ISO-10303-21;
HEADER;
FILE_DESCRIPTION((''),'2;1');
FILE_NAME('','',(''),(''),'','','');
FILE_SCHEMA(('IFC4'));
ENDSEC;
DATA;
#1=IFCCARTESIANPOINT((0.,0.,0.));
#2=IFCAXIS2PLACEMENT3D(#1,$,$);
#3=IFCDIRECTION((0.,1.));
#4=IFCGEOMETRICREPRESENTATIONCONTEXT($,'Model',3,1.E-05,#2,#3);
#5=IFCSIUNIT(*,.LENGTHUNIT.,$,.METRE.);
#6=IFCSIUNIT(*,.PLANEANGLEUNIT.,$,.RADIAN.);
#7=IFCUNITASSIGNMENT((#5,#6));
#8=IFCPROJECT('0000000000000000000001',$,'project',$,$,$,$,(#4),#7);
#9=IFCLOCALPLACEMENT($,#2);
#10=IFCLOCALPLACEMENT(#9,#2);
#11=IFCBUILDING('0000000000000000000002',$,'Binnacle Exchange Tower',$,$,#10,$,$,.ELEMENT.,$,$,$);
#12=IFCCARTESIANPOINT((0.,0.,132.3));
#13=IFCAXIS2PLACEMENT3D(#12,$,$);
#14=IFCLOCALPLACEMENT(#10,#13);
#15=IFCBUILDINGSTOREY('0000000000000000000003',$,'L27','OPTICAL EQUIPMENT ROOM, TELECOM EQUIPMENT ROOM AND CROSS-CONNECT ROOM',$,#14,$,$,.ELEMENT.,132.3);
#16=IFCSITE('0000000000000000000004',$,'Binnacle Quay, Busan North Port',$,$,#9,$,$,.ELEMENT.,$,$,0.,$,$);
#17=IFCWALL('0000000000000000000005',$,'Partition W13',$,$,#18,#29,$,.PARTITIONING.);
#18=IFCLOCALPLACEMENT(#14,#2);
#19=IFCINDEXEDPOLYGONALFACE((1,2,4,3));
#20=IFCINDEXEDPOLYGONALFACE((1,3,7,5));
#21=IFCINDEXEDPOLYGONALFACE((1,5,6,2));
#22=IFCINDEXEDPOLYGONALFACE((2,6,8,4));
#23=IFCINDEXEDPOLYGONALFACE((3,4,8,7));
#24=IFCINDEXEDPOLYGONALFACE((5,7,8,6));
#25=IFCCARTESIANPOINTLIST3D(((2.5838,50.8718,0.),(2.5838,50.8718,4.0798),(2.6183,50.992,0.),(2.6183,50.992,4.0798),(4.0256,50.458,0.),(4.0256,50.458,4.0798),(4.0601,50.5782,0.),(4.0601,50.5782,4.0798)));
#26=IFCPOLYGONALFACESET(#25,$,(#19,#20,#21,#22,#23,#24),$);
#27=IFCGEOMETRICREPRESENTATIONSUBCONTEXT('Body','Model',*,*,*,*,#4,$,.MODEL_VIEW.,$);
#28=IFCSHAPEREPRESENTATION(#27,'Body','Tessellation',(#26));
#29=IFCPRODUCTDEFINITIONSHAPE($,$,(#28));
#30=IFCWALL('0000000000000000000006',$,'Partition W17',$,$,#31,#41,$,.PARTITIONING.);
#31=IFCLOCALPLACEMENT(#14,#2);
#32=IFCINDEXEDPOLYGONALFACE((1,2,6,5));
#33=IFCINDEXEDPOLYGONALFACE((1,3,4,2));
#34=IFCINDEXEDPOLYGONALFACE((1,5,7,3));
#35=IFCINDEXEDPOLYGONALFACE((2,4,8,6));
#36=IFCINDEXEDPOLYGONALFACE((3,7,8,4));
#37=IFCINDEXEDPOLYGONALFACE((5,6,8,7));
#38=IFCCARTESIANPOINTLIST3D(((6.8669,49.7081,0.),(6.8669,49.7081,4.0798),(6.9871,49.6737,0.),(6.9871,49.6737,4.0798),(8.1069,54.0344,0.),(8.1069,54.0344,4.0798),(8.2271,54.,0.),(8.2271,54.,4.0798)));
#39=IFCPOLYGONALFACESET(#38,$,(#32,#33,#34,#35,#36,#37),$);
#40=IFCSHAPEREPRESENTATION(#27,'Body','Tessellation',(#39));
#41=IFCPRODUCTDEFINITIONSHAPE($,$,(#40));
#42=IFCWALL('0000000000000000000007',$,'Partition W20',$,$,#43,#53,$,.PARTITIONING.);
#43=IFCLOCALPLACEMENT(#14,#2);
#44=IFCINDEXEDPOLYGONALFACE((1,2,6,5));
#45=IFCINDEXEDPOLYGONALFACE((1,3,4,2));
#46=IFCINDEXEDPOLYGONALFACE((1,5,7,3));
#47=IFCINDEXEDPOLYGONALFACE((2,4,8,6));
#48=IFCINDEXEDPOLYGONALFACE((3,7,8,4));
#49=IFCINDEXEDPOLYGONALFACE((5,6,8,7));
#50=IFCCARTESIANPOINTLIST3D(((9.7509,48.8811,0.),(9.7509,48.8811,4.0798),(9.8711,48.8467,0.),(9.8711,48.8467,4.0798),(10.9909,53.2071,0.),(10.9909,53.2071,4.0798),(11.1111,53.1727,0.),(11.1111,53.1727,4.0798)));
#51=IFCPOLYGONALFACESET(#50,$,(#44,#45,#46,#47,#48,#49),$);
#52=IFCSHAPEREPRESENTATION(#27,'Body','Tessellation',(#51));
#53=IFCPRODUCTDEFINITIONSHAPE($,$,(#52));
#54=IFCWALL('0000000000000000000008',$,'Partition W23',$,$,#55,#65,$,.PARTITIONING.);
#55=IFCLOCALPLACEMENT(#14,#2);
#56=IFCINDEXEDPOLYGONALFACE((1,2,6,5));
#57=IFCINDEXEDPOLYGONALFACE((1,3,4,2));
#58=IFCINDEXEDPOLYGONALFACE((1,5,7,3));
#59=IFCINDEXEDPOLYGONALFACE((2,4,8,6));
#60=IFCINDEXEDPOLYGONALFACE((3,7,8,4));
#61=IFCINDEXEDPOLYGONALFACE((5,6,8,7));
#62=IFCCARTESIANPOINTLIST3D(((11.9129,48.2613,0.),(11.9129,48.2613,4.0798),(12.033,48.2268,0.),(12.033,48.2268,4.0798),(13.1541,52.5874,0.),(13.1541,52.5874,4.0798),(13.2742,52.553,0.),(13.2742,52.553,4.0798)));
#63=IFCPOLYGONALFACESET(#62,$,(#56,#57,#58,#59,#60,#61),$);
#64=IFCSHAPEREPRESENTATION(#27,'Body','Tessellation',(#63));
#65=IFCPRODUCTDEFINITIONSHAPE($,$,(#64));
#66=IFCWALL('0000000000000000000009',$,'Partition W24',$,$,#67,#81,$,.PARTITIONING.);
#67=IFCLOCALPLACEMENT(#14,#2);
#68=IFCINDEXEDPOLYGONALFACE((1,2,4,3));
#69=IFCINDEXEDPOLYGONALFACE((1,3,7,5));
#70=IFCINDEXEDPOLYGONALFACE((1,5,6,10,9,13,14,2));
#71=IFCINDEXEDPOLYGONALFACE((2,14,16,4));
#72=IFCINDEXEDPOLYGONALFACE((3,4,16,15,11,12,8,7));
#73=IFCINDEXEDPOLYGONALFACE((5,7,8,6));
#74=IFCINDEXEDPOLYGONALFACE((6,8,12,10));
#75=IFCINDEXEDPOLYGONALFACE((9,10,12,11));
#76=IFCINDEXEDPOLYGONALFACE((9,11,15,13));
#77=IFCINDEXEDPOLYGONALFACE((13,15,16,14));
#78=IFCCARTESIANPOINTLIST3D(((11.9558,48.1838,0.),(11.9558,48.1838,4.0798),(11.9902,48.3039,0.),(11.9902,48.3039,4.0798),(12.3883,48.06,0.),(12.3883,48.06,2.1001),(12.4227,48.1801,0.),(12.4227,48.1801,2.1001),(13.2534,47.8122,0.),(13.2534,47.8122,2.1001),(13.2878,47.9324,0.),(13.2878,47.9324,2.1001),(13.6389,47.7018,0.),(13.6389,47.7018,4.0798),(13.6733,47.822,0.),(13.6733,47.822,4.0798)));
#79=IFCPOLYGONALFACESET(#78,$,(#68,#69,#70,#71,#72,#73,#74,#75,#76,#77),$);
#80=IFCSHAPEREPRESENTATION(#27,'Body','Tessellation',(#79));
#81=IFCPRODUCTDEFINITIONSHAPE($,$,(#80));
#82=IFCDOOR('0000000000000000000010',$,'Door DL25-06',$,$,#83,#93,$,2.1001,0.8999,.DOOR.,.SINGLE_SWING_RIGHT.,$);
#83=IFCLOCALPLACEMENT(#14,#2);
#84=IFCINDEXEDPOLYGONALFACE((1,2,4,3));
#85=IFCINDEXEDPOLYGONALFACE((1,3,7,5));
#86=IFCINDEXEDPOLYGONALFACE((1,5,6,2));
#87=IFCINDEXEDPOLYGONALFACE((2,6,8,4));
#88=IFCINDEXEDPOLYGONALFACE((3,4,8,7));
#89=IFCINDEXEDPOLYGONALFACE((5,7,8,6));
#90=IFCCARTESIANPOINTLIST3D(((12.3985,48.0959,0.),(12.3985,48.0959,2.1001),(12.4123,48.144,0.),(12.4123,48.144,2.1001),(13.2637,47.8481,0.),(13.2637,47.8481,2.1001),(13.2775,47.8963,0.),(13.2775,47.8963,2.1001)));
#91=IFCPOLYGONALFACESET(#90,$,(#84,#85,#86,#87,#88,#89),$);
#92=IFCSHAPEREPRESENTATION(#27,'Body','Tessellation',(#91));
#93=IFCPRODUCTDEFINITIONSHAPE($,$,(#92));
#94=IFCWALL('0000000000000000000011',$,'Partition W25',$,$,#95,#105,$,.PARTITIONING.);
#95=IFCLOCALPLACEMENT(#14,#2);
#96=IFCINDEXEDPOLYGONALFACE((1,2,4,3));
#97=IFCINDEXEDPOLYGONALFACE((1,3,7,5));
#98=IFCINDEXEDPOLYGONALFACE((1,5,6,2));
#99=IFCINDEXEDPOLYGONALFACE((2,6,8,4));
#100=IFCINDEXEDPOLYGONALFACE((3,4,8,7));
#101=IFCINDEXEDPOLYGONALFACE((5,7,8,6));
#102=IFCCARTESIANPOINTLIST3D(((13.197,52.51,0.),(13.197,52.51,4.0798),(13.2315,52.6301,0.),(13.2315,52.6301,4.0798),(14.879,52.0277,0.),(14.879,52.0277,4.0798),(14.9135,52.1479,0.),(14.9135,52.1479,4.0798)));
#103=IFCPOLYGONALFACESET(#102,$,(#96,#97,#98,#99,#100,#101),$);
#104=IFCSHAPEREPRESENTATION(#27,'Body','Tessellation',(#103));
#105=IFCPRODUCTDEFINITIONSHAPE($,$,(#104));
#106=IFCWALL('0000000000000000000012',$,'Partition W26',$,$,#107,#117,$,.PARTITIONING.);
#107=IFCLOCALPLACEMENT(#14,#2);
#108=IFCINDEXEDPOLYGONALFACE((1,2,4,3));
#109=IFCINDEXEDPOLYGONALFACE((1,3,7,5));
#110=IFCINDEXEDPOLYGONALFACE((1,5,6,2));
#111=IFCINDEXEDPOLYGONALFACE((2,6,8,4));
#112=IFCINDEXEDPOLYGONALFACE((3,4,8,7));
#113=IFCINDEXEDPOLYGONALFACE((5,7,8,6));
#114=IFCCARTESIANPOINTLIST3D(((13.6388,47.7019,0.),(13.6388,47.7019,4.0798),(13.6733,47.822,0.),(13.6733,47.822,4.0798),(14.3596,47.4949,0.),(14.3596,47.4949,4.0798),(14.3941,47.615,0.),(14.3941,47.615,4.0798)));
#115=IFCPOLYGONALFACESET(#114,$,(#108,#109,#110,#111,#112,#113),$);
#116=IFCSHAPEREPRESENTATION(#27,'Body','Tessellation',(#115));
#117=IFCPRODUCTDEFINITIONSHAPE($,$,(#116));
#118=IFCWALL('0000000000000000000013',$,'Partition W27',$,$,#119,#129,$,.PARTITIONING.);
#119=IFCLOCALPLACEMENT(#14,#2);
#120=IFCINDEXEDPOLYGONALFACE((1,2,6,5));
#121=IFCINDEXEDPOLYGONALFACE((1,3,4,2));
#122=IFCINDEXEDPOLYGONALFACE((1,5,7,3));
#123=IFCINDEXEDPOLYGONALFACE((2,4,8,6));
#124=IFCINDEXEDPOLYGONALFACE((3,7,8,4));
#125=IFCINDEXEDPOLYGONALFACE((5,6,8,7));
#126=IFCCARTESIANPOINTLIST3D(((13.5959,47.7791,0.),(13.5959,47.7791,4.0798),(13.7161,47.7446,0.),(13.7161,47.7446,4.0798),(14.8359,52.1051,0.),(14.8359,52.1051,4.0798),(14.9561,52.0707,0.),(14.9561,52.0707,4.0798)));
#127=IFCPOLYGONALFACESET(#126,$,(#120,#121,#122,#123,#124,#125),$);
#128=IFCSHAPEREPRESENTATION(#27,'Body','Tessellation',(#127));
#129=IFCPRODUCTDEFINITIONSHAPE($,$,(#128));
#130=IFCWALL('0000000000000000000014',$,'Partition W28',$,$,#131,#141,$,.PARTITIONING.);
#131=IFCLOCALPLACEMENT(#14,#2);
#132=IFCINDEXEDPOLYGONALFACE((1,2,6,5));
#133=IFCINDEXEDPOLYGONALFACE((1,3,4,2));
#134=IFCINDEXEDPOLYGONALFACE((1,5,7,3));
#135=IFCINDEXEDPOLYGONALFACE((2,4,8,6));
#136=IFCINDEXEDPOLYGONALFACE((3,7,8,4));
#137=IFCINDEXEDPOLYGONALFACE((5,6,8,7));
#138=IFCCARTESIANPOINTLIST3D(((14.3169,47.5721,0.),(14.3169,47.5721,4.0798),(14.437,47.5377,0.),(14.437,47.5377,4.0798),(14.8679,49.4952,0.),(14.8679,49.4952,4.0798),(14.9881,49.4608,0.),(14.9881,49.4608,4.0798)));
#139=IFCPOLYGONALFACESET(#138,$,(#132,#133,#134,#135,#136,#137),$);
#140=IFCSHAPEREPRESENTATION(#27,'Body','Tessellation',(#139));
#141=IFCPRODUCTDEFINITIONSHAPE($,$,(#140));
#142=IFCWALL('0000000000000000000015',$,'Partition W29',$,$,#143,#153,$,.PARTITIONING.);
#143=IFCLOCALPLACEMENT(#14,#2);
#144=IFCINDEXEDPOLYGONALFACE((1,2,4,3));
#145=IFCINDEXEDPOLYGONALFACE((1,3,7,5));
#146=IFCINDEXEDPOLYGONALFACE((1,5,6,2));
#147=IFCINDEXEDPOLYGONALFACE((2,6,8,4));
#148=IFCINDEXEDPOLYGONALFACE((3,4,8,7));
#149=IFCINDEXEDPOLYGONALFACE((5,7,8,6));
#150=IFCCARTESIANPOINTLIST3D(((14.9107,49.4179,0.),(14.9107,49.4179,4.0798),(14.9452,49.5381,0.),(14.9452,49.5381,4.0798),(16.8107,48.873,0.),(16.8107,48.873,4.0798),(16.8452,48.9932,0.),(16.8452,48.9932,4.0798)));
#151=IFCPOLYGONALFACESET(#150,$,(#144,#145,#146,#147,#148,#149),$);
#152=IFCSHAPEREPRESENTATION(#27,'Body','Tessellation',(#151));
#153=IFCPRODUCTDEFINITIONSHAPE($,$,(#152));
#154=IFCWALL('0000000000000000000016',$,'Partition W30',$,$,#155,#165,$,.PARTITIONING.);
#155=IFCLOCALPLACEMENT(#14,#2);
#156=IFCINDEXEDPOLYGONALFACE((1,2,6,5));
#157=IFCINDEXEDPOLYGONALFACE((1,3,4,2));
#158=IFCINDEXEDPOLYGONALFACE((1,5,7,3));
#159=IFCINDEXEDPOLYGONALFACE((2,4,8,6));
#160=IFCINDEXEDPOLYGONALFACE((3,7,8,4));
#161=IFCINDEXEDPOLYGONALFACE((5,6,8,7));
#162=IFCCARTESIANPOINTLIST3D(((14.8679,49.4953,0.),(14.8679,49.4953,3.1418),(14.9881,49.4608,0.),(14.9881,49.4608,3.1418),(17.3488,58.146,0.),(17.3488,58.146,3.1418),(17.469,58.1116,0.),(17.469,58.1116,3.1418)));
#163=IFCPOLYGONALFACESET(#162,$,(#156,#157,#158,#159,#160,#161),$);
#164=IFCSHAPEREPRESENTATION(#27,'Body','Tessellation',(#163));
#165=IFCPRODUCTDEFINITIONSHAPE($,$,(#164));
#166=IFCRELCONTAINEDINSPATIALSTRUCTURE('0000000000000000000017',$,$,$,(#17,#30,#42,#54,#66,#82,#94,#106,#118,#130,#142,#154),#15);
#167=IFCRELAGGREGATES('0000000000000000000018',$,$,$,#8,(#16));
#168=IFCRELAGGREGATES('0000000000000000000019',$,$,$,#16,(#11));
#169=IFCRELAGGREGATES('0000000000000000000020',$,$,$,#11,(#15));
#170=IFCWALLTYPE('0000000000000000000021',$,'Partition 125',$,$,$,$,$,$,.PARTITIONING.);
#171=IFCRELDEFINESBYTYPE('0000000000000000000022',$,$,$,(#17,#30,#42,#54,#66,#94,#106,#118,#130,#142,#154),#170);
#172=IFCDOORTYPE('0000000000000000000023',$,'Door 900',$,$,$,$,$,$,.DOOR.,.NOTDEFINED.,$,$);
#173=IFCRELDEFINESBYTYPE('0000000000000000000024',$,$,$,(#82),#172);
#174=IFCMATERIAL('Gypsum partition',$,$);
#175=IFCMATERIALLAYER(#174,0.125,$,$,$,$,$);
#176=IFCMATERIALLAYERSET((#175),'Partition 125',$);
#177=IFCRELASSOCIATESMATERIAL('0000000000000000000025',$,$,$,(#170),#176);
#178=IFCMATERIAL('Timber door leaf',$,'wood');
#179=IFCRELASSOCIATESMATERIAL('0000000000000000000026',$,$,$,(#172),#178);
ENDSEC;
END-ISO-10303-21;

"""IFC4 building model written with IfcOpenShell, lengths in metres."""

from ifc_helpers import new_model, si_unit, direction, frame, frame_2d, origin, place, context, subcontext, project, spatial, rectangle, extrude, material, layer, layer_set, type_object, element, fill, save


model = new_model("IFC4")

# Units and contexts
model_context = context("Model", 3, precision=1e-05, world=origin(), true_north=direction((0.0, 1.0)))
body_context = subcontext(model_context, "Body", "Model", "MODEL_VIEW")
ifc_project = project(units=[si_unit("LENGTHUNIT", "METRE"), si_unit("PLANEANGLEUNIT", "RADIAN")], contexts=[model_context])

# Site, building, storey
site_placement = place(None, origin())
site = spatial("IfcSite", under=ifc_project, at=site_placement, Name="Binnacle Quay, Busan North Port", CompositionType="ELEMENT", RefElevation=0.0)
building_placement = place(site_placement, origin())
building = spatial("IfcBuilding", under=site, at=building_placement, Name="Binnacle Exchange Tower", CompositionType="ELEMENT")
storey_placement = place(building_placement, frame((0.0, 0.0, 132.3)))
storey = spatial("IfcBuildingStorey", under=building, at=storey_placement, Name="L27", Description="OPTICAL EQUIPMENT ROOM, TELECOM EQUIPMENT ROOM AND CROSS-CONNECT ROOM", CompositionType="ELEMENT", Elevation=132.3)

# Walls
ifc_material_1 = material(Name="Gypsum partition")
ifc_layer_1 = layer(ifc_material_1, 0.125)
ifc_layer_set_1 = layer_set([ifc_layer_1], Name="Partition 125")
wall_type_1 = type_object("IfcWallType", Name="Partition 125", PredefinedType="PARTITIONING", material=ifc_layer_set_1)
wall_1_placement = place(storey_placement, frame((2.6011, 50.9319, 0.0), z_axis=(0.0, 0.0, 1.0), x_axis=(0.961198, -0.27586, 0.0)))
element("IfcWall", 1, at=wall_1_placement, inside=storey, type_object=wall_type_1, Name="Partition W13", PredefinedType="PARTITIONING", context=body_context, shape_type="SweptSolid", body=[
    extrude(rectangle(XDim=1.5, YDim=0.125, at=frame_2d((0.75, 0.0))), origin(), (0.0, 0.0, 1.0), 4.0798),
])
wall_2_placement = place(storey_placement, frame((6.927, 49.6909, 0.0), z_axis=(0.0, 0.0, 1.0), x_axis=(0.275531, 0.961292, 0.0)))
element("IfcWall", 2, at=wall_2_placement, inside=storey, type_object=wall_type_1, Name="Partition W17", PredefinedType="PARTITIONING", context=body_context, shape_type="SweptSolid", body=[
    extrude(rectangle(XDim=4.5005, YDim=0.125, at=frame_2d((2.2502, 0.0))), origin(), (0.0, 0.0, 1.0), 4.0798),
])
wall_3_placement = place(storey_placement, frame((9.811, 48.864, 0.0), z_axis=(0.0, 0.0, 1.0), x_axis=(0.275545, 0.961288, 0.0)))
element("IfcWall", 3, at=wall_3_placement, inside=storey, type_object=wall_type_1, Name="Partition W20", PredefinedType="PARTITIONING", context=body_context, shape_type="SweptSolid", body=[
    extrude(rectangle(XDim=4.5002, YDim=0.125, at=frame_2d((2.25, 0.0))), origin(), (0.0, 0.0, 1.0), 4.0798),
])
wall_4_placement = place(storey_placement, frame((11.9729, 48.2439, 0.0), z_axis=(0.0, 0.0, 1.0), x_axis=(0.275781, 0.96122, 0.0)))
element("IfcWall", 4, at=wall_4_placement, inside=storey, type_object=wall_type_1, Name="Partition W23", PredefinedType="PARTITIONING", context=body_context, shape_type="SweptSolid", body=[
    extrude(rectangle(XDim=4.5007, YDim=0.125, at=frame_2d((2.2505, 0.0))), origin(), (0.0, 0.0, 1.0), 4.0798),
])

# Wall, opening, door
wall_5_placement = place(storey_placement, frame((11.9729, 48.2439, 0.0), z_axis=(0.0, 0.0, 1.0), x_axis=(0.961366, -0.275274, 0.0)))
wall_5 = element("IfcWall", 5, at=wall_5_placement, inside=storey, type_object=wall_type_1, Name="Partition W24", PredefinedType="PARTITIONING", context=body_context, shape_type="SweptSolid", body=[
    extrude(rectangle(XDim=1.7507, YDim=0.125, at=frame_2d((0.8755, 0.0))), origin(), (0.0, 0.0, 1.0), 4.0798),
])
opening_1_placement = place(wall_5_placement, frame((0.45, 0.0, 0.0)))
opening_1 = element("IfcOpeningElement", 6, at=opening_1_placement, cuts=wall_5, PredefinedType="OPENING", context=body_context, shape_type="SweptSolid", body=[
    extrude(rectangle(XDim=0.8999, YDim=2.1001, at=frame_2d((0.45, 1.05))), frame((0.0, 0.0725, 0.0), z_axis=(0.0, -1.0, 0.0), x_axis=(1.0, 0.0, 0.0)), (0.0, 0.0, 1.0), 0.145),
])
ifc_material_2 = material(Name="Timber door leaf", Category="wood")
door_type_1 = type_object("IfcDoorType", Name="Door 900", OperationType="NOTDEFINED", PredefinedType="DOOR", material=ifc_material_2)
door_1_placement = place(opening_1_placement, origin())
door_1 = element("IfcDoor", 7, at=door_1_placement, inside=storey, type_object=door_type_1, Name="Door DL25-06", OperationType="SINGLE_SWING_RIGHT", OverallHeight=2.1001, OverallWidth=0.8999, PredefinedType="DOOR", context=body_context, shape_type="SweptSolid", body=[
    extrude(rectangle(XDim=0.8999, YDim=2.1001, at=frame_2d((0.45, 1.05))), frame((0.0, 0.0249, 0.0), z_axis=(0.0, -1.0, 0.0), x_axis=(1.0, 0.0, 0.0)), (0.0, 0.0, 1.0), 0.05),
])
fill(opening_1, door_1)

# Walls
wall_6_placement = place(storey_placement, frame((13.2141, 52.5701, 0.0), z_axis=(0.0, 0.0, 1.0), x_axis=(0.961276, -0.275587, 0.0)))
element("IfcWall", 8, at=wall_6_placement, inside=storey, type_object=wall_type_1, Name="Partition W25", PredefinedType="PARTITIONING", context=body_context, shape_type="SweptSolid", body=[
    extrude(rectangle(XDim=1.7498, YDim=0.125, at=frame_2d((0.875, 0.0))), origin(), (0.0, 0.0, 1.0), 4.0798),
])
wall_7_placement = place(storey_placement, frame((13.656, 47.762, 0.0), z_axis=(0.0, 0.0, 1.0), x_axis=(0.961155, -0.276011, 0.0)))
element("IfcWall", 9, at=wall_7_placement, inside=storey, type_object=wall_type_1, Name="Partition W26", PredefinedType="PARTITIONING", context=body_context, shape_type="SweptSolid", body=[
    extrude(rectangle(XDim=0.75, YDim=0.125, at=frame_2d((0.375, 0.0))), origin(), (0.0, 0.0, 1.0), 4.0798),
])
wall_8_placement = place(storey_placement, frame((13.656, 47.762, 0.0), z_axis=(0.0, 0.0, 1.0), x_axis=(0.275545, 0.961288, 0.0)))
element("IfcWall", 10, at=wall_8_placement, inside=storey, type_object=wall_type_1, Name="Partition W27", PredefinedType="PARTITIONING", context=body_context, shape_type="SweptSolid", body=[
    extrude(rectangle(XDim=4.5002, YDim=0.125, at=frame_2d((2.25, 0.0))), origin(), (0.0, 0.0, 1.0), 4.0798),
])
wall_9_placement = place(storey_placement, frame((14.377, 47.5549, 0.0), z_axis=(0.0, 0.0, 1.0), x_axis=(0.275446, 0.961316, 0.0)))
element("IfcWall", 11, at=wall_9_placement, inside=storey, type_object=wall_type_1, Name="Partition W28", PredefinedType="PARTITIONING", context=body_context, shape_type="SweptSolid", body=[
    extrude(rectangle(XDim=2.0005, YDim=0.125, at=frame_2d((1.0002, 0.0))), origin(), (0.0, 0.0, 1.0), 4.0798),
])
wall_10_placement = place(storey_placement, frame((14.928, 49.478, 0.0), z_axis=(0.0, 0.0, 1.0), x_axis=(0.961244, -0.2757, 0.0)))
element("IfcWall", 12, at=wall_10_placement, inside=storey, type_object=wall_type_1, Name="Partition W29", PredefinedType="PARTITIONING", context=body_context, shape_type="SweptSolid", body=[
    extrude(rectangle(XDim=1.9766, YDim=0.125, at=frame_2d((0.9883, 0.0))), origin(), (0.0, 0.0, 1.0), 4.0798),
])
wall_11_placement = place(storey_placement, frame((14.928, 49.478, 0.0), z_axis=(0.0, 0.0, 1.0), x_axis=(0.275674, 0.961251, 0.0)))
element("IfcWall", 13, at=wall_11_placement, inside=storey, type_object=wall_type_1, Name="Partition W30", PredefinedType="PARTITIONING", context=body_context, shape_type="SweptSolid", body=[
    extrude(rectangle(XDim=8.9995, YDim=0.125, at=frame_2d((4.4998, 0.0))), origin(), (0.0, 0.0, 1.0), 3.1418),
])

save(model, "model.ifc")
